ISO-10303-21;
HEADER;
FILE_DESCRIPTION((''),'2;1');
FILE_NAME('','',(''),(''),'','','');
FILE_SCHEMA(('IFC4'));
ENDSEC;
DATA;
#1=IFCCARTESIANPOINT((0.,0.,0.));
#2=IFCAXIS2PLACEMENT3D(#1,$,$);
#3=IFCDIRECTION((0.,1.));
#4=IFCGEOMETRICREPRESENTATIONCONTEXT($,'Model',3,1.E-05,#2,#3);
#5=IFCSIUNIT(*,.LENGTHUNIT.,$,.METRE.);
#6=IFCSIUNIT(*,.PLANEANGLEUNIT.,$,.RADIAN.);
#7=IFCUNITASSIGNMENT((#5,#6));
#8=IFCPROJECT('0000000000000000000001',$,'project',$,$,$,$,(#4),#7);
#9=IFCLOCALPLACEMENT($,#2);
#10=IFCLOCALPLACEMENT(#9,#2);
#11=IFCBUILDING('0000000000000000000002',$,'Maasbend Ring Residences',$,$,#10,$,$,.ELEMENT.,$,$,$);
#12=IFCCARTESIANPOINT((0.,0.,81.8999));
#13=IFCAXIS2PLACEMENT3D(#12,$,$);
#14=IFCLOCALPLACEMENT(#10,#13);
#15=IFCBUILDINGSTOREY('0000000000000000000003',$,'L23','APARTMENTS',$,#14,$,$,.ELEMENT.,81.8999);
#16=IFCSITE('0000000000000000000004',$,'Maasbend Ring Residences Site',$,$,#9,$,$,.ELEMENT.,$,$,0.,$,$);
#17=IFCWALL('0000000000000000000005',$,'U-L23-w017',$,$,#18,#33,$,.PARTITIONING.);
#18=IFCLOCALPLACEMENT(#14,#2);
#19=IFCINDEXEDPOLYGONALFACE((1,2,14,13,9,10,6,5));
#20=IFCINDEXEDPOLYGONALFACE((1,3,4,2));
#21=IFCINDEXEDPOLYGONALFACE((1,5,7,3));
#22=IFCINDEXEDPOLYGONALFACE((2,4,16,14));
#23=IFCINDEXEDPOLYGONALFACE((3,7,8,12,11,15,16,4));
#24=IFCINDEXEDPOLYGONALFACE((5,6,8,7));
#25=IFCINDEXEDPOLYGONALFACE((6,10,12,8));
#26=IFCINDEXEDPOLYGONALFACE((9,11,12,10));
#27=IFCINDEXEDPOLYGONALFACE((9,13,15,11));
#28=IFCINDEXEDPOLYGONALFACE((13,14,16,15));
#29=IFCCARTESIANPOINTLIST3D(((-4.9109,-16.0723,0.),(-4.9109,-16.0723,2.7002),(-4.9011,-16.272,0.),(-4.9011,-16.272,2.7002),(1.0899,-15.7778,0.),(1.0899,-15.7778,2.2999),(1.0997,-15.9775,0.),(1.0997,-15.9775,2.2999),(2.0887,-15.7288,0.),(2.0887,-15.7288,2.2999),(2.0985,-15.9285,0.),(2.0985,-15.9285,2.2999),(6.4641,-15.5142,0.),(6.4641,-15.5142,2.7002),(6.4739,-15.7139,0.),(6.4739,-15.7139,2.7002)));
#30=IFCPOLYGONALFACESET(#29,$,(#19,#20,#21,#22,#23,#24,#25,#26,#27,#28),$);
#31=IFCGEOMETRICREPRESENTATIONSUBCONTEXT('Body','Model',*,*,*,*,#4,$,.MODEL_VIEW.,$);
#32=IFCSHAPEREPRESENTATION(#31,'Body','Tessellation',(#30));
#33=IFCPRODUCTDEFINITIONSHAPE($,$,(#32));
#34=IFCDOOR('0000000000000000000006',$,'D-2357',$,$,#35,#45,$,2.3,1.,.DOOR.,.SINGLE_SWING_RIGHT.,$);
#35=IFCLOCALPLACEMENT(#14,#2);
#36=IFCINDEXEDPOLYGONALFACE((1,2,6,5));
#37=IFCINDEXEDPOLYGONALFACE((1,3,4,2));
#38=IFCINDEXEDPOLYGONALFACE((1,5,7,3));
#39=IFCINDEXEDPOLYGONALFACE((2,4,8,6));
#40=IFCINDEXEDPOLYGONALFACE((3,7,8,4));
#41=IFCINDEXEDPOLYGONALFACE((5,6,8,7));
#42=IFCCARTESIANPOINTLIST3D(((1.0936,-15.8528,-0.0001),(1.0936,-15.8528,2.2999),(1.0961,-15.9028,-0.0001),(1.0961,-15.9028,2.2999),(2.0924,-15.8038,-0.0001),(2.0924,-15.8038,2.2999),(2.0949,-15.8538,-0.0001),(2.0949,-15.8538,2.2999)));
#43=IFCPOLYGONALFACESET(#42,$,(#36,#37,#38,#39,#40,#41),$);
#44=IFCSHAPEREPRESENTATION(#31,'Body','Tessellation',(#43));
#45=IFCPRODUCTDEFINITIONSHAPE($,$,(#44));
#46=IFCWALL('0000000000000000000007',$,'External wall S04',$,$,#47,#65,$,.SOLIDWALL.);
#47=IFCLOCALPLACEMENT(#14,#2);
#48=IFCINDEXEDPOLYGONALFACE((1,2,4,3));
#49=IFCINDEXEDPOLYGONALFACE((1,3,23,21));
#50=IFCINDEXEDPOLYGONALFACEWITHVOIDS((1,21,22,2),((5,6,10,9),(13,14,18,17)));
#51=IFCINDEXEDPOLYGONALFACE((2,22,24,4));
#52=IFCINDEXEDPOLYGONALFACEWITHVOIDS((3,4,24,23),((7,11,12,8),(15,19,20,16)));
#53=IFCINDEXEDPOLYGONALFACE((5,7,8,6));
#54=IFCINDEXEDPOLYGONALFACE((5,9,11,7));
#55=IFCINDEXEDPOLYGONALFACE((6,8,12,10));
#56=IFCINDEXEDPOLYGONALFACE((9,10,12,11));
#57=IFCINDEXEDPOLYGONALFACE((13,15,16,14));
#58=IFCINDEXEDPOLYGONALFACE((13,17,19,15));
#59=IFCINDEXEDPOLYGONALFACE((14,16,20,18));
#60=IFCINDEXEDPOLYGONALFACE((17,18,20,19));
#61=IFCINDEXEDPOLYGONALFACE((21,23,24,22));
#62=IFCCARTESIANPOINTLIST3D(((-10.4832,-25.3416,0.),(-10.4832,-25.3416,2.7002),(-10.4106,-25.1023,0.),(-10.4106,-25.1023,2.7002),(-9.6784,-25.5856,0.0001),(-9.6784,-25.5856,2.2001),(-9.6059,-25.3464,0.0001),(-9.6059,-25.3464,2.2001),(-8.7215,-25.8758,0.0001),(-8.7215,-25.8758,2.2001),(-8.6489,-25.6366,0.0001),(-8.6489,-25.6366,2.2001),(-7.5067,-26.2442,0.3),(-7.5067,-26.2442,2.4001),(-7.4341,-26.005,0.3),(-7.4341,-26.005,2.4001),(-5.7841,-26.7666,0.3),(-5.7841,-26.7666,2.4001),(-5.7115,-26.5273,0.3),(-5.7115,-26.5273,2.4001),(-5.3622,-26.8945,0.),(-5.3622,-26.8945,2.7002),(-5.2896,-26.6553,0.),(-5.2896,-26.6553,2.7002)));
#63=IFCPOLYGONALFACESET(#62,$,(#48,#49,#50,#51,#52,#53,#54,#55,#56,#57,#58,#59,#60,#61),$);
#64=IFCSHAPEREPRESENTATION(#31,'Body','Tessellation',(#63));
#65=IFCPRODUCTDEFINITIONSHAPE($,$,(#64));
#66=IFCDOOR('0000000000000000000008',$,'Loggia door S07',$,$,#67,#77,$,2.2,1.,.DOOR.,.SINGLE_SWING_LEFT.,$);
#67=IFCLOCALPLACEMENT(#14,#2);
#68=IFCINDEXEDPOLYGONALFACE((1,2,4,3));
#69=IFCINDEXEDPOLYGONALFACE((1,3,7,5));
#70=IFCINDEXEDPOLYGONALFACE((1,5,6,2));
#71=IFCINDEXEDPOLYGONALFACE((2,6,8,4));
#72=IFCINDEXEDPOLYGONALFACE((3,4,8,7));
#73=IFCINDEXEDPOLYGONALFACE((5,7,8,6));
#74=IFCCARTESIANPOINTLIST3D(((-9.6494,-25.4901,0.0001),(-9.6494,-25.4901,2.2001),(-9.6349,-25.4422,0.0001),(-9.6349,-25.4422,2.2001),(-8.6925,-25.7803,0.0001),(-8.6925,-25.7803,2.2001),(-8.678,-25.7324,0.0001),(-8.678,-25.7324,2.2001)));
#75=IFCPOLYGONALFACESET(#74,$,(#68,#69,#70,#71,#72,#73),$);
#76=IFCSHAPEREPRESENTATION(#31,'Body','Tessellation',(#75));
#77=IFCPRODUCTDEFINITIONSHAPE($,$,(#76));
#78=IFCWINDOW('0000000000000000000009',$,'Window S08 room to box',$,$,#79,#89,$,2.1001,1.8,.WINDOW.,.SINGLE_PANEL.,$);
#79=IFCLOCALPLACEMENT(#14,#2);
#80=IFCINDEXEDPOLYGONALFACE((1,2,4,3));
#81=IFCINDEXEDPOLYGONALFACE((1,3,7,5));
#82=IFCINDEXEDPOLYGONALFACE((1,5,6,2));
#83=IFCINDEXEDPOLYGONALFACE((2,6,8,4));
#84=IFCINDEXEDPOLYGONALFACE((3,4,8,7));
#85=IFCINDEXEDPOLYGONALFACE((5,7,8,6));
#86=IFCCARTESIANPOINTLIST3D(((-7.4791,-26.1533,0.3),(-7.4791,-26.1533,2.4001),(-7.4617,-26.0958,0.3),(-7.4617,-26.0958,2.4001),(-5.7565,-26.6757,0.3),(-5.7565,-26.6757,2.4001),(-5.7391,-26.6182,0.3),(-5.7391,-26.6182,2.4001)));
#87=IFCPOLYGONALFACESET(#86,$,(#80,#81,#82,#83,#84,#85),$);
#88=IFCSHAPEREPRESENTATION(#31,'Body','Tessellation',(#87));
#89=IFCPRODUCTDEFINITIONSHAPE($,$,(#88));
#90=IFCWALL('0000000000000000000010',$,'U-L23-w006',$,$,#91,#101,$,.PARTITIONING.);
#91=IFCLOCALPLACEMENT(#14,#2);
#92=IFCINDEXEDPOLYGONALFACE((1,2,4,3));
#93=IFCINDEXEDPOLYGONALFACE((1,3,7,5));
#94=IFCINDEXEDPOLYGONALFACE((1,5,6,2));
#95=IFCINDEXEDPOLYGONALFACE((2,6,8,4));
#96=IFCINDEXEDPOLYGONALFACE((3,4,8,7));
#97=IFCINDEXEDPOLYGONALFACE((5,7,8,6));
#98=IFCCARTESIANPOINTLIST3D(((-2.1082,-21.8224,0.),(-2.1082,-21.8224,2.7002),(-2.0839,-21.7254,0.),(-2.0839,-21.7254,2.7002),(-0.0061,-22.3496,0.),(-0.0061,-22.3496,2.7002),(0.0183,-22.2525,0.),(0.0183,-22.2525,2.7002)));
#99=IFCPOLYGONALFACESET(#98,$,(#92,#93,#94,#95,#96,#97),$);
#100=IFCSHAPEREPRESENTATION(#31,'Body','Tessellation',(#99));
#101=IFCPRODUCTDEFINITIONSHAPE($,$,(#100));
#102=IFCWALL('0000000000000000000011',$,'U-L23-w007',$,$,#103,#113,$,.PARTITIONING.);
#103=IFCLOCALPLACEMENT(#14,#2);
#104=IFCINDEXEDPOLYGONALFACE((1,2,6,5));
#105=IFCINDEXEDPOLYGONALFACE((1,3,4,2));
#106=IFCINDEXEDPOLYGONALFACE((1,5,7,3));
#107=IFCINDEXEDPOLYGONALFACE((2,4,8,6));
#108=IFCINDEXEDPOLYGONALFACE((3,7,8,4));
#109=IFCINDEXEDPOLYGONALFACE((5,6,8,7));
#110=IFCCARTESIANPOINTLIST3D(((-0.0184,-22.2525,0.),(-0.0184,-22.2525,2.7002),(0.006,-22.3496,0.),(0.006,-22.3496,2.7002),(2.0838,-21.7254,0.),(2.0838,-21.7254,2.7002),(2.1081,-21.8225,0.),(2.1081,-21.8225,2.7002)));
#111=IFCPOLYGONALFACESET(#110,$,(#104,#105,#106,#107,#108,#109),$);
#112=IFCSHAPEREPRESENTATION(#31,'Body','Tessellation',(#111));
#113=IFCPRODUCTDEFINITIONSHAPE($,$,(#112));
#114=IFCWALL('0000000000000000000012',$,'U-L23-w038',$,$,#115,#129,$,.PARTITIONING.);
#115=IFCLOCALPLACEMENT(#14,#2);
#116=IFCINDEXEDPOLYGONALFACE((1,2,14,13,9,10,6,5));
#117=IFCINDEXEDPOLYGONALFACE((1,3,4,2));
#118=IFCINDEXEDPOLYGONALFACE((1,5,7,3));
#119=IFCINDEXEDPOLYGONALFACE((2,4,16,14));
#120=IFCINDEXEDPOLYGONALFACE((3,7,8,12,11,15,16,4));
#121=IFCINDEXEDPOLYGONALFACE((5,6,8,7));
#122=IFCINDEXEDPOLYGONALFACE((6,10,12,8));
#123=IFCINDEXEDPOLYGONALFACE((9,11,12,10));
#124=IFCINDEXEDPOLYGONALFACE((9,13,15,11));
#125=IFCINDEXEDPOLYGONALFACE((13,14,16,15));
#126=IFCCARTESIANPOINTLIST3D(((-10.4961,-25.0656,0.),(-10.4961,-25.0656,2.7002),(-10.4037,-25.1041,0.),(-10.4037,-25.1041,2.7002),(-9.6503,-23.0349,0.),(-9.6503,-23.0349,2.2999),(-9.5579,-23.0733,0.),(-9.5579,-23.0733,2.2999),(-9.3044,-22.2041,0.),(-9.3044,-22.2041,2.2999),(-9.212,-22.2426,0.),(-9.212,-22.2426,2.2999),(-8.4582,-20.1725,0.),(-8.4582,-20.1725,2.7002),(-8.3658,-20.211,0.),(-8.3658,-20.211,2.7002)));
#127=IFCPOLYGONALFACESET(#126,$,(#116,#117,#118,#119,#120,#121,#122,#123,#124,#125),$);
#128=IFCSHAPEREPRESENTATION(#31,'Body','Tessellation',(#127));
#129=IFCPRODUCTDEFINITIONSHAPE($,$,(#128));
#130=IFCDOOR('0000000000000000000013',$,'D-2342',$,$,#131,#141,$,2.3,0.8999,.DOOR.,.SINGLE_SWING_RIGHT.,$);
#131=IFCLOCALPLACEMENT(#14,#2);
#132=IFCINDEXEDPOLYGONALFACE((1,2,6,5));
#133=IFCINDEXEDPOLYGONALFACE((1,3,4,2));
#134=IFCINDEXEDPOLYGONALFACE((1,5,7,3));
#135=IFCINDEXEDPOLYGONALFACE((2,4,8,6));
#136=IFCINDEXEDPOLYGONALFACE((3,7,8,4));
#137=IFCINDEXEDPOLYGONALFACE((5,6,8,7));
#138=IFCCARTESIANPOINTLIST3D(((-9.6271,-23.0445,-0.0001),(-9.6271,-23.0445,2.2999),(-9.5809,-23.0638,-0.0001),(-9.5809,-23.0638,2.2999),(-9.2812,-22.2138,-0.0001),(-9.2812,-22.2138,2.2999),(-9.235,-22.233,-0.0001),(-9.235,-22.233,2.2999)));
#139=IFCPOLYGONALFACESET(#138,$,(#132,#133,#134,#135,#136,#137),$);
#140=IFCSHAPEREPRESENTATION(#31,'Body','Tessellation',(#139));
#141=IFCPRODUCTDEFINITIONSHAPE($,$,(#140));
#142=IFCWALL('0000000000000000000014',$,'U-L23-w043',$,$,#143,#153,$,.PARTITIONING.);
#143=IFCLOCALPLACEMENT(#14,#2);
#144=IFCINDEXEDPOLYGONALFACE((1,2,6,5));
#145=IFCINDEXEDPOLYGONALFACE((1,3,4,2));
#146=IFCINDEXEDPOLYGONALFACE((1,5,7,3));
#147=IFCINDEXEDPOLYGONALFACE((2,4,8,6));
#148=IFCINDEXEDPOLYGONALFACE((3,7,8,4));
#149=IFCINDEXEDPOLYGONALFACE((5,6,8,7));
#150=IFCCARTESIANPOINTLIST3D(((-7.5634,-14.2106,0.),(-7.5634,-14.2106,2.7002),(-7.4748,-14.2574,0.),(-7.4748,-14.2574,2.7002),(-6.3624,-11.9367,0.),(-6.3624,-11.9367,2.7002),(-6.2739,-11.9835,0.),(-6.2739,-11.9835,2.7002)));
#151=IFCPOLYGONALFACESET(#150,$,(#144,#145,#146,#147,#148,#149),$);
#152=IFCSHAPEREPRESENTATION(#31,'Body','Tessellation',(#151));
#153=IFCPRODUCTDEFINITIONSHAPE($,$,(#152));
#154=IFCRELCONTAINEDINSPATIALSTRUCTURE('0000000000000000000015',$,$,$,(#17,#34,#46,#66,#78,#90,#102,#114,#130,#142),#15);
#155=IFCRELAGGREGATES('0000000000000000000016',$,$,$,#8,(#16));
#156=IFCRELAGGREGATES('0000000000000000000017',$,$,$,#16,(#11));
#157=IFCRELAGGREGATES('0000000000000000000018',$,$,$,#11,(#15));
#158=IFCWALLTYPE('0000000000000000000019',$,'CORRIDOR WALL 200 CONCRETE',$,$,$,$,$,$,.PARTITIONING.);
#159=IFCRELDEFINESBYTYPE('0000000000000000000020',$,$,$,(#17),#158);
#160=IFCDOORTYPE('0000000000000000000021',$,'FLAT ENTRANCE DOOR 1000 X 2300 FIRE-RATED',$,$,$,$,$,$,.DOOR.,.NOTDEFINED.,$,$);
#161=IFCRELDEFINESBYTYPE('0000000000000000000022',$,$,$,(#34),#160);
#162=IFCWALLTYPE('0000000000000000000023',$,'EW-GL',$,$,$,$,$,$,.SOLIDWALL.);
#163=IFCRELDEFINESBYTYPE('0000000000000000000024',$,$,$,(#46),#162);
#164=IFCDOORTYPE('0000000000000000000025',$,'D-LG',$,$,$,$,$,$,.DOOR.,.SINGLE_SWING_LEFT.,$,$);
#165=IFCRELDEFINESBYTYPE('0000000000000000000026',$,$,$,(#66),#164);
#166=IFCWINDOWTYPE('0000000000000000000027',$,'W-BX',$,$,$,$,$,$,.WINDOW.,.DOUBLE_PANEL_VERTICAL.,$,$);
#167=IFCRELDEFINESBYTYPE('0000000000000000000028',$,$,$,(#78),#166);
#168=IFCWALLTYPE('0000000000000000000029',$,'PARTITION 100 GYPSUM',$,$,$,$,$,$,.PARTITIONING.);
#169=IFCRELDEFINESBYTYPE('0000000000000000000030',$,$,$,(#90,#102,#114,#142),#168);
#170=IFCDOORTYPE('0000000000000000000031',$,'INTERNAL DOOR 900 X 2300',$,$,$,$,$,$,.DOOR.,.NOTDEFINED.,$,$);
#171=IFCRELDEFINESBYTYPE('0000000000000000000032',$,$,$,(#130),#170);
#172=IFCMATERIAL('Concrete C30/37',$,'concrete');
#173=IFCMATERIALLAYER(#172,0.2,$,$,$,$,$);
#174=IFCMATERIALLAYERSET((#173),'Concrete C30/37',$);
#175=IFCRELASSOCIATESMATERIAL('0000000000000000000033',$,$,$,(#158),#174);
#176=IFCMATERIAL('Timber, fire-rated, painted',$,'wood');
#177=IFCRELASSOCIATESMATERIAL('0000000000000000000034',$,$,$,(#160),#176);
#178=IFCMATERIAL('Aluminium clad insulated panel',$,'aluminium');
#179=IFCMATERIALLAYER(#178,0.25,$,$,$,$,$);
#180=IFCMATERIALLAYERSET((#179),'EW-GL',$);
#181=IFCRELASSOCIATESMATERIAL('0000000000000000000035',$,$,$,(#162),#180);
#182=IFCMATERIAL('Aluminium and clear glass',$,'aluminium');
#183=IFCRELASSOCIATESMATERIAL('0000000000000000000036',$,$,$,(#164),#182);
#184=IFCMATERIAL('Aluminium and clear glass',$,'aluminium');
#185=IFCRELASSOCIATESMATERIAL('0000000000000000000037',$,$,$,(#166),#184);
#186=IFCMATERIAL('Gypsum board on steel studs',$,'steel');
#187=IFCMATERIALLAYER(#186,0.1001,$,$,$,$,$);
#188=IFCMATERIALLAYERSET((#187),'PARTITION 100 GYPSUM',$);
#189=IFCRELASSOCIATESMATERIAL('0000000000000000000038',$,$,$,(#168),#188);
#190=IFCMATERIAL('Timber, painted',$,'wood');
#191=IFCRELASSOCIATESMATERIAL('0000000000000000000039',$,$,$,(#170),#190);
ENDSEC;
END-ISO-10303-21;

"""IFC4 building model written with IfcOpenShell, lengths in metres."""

from ifc_helpers import new_model, si_unit, direction, frame, frame_2d, origin, place, context, subcontext, project, spatial, rectangle, extrude, material, layer, layer_set, type_object, element, fill, save


model = new_model("IFC4")

# Units and contexts
model_context = context("Model", 3, precision=1e-05, world=origin(), true_north=direction((0.0, 1.0)))
body_context = subcontext(model_context, "Body", "Model", "MODEL_VIEW")
ifc_project = project(units=[si_unit("LENGTHUNIT", "METRE"), si_unit("PLANEANGLEUNIT", "RADIAN")], contexts=[model_context])

# Site, building, storey
site_placement = place(None, origin())
site = spatial("IfcSite", under=ifc_project, at=site_placement, Name="Maasbend Ring Residences Site", CompositionType="ELEMENT", RefElevation=0.0)
building_placement = place(site_placement, origin())
building = spatial("IfcBuilding", under=site, at=building_placement, Name="Maasbend Ring Residences", CompositionType="ELEMENT")
storey_placement = place(building_placement, frame((0.0, 0.0, 81.8999)))
storey = spatial("IfcBuildingStorey", under=building, at=storey_placement, Name="L23", Description="APARTMENTS", CompositionType="ELEMENT", Elevation=81.8999)

# Wall, opening, door
ifc_material_1 = material(Name="Concrete C30/37", Category="concrete")
ifc_layer_1 = layer(ifc_material_1, 0.2)
ifc_layer_set_1 = layer_set([ifc_layer_1], Name="Concrete C30/37")
wall_type_1 = type_object("IfcWallType", Name="CORRIDOR WALL 200 CONCRETE", PredefinedType="PARTITIONING", material=ifc_layer_set_1)
ifc_material_2 = material(Name="Timber, fire-rated, painted", Category="wood")
door_type_1 = type_object("IfcDoorType", Name="FLAT ENTRANCE DOOR 1000 X 2300 FIRE-RATED", OperationType="NOTDEFINED", PredefinedType="DOOR", material=ifc_material_2)
wall_1_placement = place(storey_placement, frame((-4.906, -16.1721, 0.0), z_axis=(0.0, 0.0, 1.0), x_axis=(0.998799, 0.049005, 0.0)))
wall_1 = element("IfcWall", 1, at=wall_1_placement, inside=storey, type_object=wall_type_1, Name="U-L23-w017", PredefinedType="PARTITIONING", context=body_context, shape_type="SweptSolid", body=[
    extrude(rectangle(XDim=11.3887, YDim=0.2, at=frame_2d((5.6943, 0.0))), origin(), (0.0, 0.0, 1.0), 2.7002),
])
opening_1_placement = place(wall_1_placement, frame((6.0081, 0.0, 0.0)))
opening_1 = element("IfcOpeningElement", 2, at=opening_1_placement, cuts=wall_1, PredefinedType="OPENING", context=body_context, shape_type="SweptSolid", body=[
    extrude(rectangle(XDim=1.0, YDim=2.3, at=frame_2d((0.5, 1.1499))), frame((0.0, 0.1099, 0.0), z_axis=(0.0, -1.0, 0.0), x_axis=(1.0, 0.0, 0.0)), (0.0, 0.0, 1.0), 0.22),
])
door_1_placement = place(opening_1_placement, origin())
door_1 = element("IfcDoor", 3, at=door_1_placement, inside=storey, type_object=door_type_1, Name="D-2357", OperationType="SINGLE_SWING_RIGHT", OverallHeight=2.3, OverallWidth=1.0, PredefinedType="DOOR", context=body_context, shape_type="SweptSolid", body=[
    extrude(rectangle(XDim=1.0, YDim=2.3, at=frame_2d((0.5, 1.1499))), frame((0.0, 0.0249, 0.0), z_axis=(0.0, -1.0, 0.0), x_axis=(1.0, 0.0, 0.0)), (0.0, 0.0, 1.0), 0.05),
])
fill(opening_1, door_1)

# Wall, openings, door, window
ifc_material_3 = material(Name="Aluminium clad insulated panel", Category="aluminium")
ifc_layer_2 = layer(ifc_material_3, 0.25)
ifc_layer_set_2 = layer_set([ifc_layer_2], Name="EW-GL")
wall_type_2 = type_object("IfcWallType", Name="EW-GL", PredefinedType="SOLIDWALL", material=ifc_layer_set_2)
wall_2_placement = place(storey_placement, frame((-10.447, -25.2219, 0.0), z_axis=(0.0, 0.0, 1.0), x_axis=(0.956966, -0.290201, 0.0)))
wall_2 = element("IfcWall", 4, at=wall_2_placement, inside=storey, type_object=wall_type_2, Name="External wall S04", PredefinedType="SOLIDWALL", context=body_context, shape_type="SweptSolid", body=[
    extrude(rectangle(XDim=5.3513, YDim=0.25, at=frame_2d((2.6758, 0.0))), origin(), (0.0, 0.0, 1.0), 2.7002),
])
opening_2_placement = place(wall_2_placement, frame((0.8411, 0.0, 0.0)))
opening_2 = element("IfcOpeningElement", 5, at=opening_2_placement, cuts=wall_2, PredefinedType="OPENING", context=body_context, shape_type="SweptSolid", body=[
    extrude(rectangle(XDim=1.0, YDim=2.2, at=frame_2d((0.5, 1.1001))), frame((0.0, 0.135, 0.0), z_axis=(0.0, -1.0, 0.0), x_axis=(1.0, 0.0, 0.0)), (0.0, 0.0, 1.0), 0.27),
])
opening_3_placement = place(wall_2_placement, frame((3.1106, 0.0, 0.3)))
opening_3 = element("IfcOpeningElement", 6, at=opening_3_placement, cuts=wall_2, PredefinedType="OPENING", context=body_context, shape_type="SweptSolid", body=[
    extrude(rectangle(XDim=1.8, YDim=2.1001, at=frame_2d((0.8999, 1.05))), frame((0.0, 0.135, 0.0), z_axis=(0.0, -1.0, 0.0), x_axis=(1.0, 0.0, 0.0)), (0.0, 0.0, 1.0), 0.27),
])
ifc_material_4 = material(Name="Aluminium and clear glass", Category="aluminium")
door_type_2 = type_object("IfcDoorType", Name="D-LG", OperationType="SINGLE_SWING_LEFT", PredefinedType="DOOR", material=ifc_material_4)
door_2_placement = place(opening_2_placement, origin())
door_2 = element("IfcDoor", 7, at=door_2_placement, inside=storey, type_object=door_type_2, Name="Loggia door S07", OperationType="SINGLE_SWING_LEFT", OverallHeight=2.2, OverallWidth=1.0, PredefinedType="DOOR", context=body_context, shape_type="SweptSolid", body=[
    extrude(rectangle(XDim=1.0, YDim=2.2, at=frame_2d((0.5, 1.1001))), frame((0.0, 0.0249, 0.0), z_axis=(0.0, -1.0, 0.0), x_axis=(1.0, 0.0, 0.0)), (0.0, 0.0, 1.0), 0.05),
])
fill(opening_2, door_2)
ifc_material_5 = material(Name="Aluminium and clear glass", Category="aluminium")
window_type = type_object("IfcWindowType", Name="W-BX", PartitioningType="DOUBLE_PANEL_VERTICAL", PredefinedType="WINDOW", material=ifc_material_5)
window_placement = place(opening_3_placement, origin())
window = element("IfcWindow", 8, at=window_placement, inside=storey, type_object=window_type, Name="Window S08 room to box", OverallHeight=2.1001, OverallWidth=1.8, PartitioningType="SINGLE_PANEL", PredefinedType="WINDOW", context=body_context, shape_type="SweptSolid", body=[
    extrude(rectangle(XDim=1.8, YDim=2.1001, at=frame_2d((0.8999, 1.05))), frame((0.0, 0.03, 0.0), z_axis=(0.0, -1.0, 0.0), x_axis=(1.0, 0.0, 0.0)), (0.0, 0.0, 1.0), 0.0601),
])
fill(opening_3, window)

# Walls
ifc_material_6 = material(Name="Gypsum board on steel studs", Category="steel")
ifc_layer_3 = layer(ifc_material_6, 0.1001)
ifc_layer_set_3 = layer_set([ifc_layer_3], Name="PARTITION 100 GYPSUM")
wall_type_3 = type_object("IfcWallType", Name="PARTITION 100 GYPSUM", PredefinedType="PARTITIONING", material=ifc_layer_set_3)
for number, where, z_axis, x_axis, name in (
    (9, (-2.0959, -21.7739, 0.0), (0.0, 0.0, 1.0), (0.96997, -0.243225, 0.0), "U-L23-w006"),
    (10, (-0.0061, -22.301, 0.0), (0.0, 0.0, 1.0), (0.96997, 0.243225, 0.0), "U-L23-w007"),
):
    element("IfcWall", number, at=place(storey_placement, frame(where, z_axis=z_axis, x_axis=x_axis)), inside=storey, type_object=wall_type_3, Name=name, PredefinedType="PARTITIONING", context=body_context, shape_type="SweptSolid", body=[
        extrude(rectangle(XDim=2.1672, YDim=0.1001, at=frame_2d((1.0835, 0.0))), origin(), (0.0, 0.0, 1.0), 2.7002),
    ])

# Wall, opening, door
wall_3_placement = place(storey_placement, frame((-10.45, -25.085, 0.0), z_axis=(0.0, 0.0, 1.0), x_axis=(0.384465, 0.92314, 0.0)))
wall_3 = element("IfcWall", 11, at=wall_3_placement, inside=storey, type_object=wall_type_3, Name="U-L23-w038", PredefinedType="PARTITIONING", context=body_context, shape_type="SweptSolid", body=[
    extrude(rectangle(XDim=5.3005, YDim=0.1001, at=frame_2d((2.6504, 0.0))), origin(), (0.0, 0.0, 1.0), 2.7002),
])
opening_4_placement = place(wall_3_placement, frame((2.2, 0.0, 0.0)))
opening_4 = element("IfcOpeningElement", 12, at=opening_4_placement, cuts=wall_3, PredefinedType="OPENING", context=body_context, shape_type="SweptSolid", body=[
    extrude(rectangle(XDim=0.8999, YDim=2.3, at=frame_2d((0.45, 1.1499))), frame((0.0, 0.0601, 0.0), z_axis=(0.0, -1.0, 0.0), x_axis=(1.0, 0.0, 0.0)), (0.0, 0.0, 1.0), 0.1201),
])
ifc_material_7 = material(Name="Timber, painted", Category="wood")
door_type_3 = type_object("IfcDoorType", Name="INTERNAL DOOR 900 X 2300", OperationType="NOTDEFINED", PredefinedType="DOOR", material=ifc_material_7)
door_3_placement = place(opening_4_placement, origin())
door_3 = element("IfcDoor", 13, at=door_3_placement, inside=storey, type_object=door_type_3, Name="D-2342", OperationType="SINGLE_SWING_RIGHT", OverallHeight=2.3, OverallWidth=0.8999, PredefinedType="DOOR", context=body_context, shape_type="SweptSolid", body=[
    extrude(rectangle(XDim=0.8999, YDim=2.3, at=frame_2d((0.45, 1.1499))), frame((0.0, 0.0249, 0.0), z_axis=(0.0, -1.0, 0.0), x_axis=(1.0, 0.0, 0.0)), (0.0, 0.0, 1.0), 0.05),
])
fill(opening_4, door_3)

# Wall
wall_4_placement = place(storey_placement, frame((-7.519, -14.2339, 0.0), z_axis=(0.0, 0.0, 1.0), x_axis=(0.467002, 0.884256, 0.0)))
element("IfcWall", 14, at=wall_4_placement, inside=storey, type_object=wall_type_3, Name="U-L23-w043", PredefinedType="PARTITIONING", context=body_context, shape_type="SweptSolid", body=[
    extrude(rectangle(XDim=2.5715, YDim=0.1001, at=frame_2d((1.2856, 0.0))), origin(), (0.0, 0.0, 1.0), 2.7002),
])

save(model, "model.ifc")
